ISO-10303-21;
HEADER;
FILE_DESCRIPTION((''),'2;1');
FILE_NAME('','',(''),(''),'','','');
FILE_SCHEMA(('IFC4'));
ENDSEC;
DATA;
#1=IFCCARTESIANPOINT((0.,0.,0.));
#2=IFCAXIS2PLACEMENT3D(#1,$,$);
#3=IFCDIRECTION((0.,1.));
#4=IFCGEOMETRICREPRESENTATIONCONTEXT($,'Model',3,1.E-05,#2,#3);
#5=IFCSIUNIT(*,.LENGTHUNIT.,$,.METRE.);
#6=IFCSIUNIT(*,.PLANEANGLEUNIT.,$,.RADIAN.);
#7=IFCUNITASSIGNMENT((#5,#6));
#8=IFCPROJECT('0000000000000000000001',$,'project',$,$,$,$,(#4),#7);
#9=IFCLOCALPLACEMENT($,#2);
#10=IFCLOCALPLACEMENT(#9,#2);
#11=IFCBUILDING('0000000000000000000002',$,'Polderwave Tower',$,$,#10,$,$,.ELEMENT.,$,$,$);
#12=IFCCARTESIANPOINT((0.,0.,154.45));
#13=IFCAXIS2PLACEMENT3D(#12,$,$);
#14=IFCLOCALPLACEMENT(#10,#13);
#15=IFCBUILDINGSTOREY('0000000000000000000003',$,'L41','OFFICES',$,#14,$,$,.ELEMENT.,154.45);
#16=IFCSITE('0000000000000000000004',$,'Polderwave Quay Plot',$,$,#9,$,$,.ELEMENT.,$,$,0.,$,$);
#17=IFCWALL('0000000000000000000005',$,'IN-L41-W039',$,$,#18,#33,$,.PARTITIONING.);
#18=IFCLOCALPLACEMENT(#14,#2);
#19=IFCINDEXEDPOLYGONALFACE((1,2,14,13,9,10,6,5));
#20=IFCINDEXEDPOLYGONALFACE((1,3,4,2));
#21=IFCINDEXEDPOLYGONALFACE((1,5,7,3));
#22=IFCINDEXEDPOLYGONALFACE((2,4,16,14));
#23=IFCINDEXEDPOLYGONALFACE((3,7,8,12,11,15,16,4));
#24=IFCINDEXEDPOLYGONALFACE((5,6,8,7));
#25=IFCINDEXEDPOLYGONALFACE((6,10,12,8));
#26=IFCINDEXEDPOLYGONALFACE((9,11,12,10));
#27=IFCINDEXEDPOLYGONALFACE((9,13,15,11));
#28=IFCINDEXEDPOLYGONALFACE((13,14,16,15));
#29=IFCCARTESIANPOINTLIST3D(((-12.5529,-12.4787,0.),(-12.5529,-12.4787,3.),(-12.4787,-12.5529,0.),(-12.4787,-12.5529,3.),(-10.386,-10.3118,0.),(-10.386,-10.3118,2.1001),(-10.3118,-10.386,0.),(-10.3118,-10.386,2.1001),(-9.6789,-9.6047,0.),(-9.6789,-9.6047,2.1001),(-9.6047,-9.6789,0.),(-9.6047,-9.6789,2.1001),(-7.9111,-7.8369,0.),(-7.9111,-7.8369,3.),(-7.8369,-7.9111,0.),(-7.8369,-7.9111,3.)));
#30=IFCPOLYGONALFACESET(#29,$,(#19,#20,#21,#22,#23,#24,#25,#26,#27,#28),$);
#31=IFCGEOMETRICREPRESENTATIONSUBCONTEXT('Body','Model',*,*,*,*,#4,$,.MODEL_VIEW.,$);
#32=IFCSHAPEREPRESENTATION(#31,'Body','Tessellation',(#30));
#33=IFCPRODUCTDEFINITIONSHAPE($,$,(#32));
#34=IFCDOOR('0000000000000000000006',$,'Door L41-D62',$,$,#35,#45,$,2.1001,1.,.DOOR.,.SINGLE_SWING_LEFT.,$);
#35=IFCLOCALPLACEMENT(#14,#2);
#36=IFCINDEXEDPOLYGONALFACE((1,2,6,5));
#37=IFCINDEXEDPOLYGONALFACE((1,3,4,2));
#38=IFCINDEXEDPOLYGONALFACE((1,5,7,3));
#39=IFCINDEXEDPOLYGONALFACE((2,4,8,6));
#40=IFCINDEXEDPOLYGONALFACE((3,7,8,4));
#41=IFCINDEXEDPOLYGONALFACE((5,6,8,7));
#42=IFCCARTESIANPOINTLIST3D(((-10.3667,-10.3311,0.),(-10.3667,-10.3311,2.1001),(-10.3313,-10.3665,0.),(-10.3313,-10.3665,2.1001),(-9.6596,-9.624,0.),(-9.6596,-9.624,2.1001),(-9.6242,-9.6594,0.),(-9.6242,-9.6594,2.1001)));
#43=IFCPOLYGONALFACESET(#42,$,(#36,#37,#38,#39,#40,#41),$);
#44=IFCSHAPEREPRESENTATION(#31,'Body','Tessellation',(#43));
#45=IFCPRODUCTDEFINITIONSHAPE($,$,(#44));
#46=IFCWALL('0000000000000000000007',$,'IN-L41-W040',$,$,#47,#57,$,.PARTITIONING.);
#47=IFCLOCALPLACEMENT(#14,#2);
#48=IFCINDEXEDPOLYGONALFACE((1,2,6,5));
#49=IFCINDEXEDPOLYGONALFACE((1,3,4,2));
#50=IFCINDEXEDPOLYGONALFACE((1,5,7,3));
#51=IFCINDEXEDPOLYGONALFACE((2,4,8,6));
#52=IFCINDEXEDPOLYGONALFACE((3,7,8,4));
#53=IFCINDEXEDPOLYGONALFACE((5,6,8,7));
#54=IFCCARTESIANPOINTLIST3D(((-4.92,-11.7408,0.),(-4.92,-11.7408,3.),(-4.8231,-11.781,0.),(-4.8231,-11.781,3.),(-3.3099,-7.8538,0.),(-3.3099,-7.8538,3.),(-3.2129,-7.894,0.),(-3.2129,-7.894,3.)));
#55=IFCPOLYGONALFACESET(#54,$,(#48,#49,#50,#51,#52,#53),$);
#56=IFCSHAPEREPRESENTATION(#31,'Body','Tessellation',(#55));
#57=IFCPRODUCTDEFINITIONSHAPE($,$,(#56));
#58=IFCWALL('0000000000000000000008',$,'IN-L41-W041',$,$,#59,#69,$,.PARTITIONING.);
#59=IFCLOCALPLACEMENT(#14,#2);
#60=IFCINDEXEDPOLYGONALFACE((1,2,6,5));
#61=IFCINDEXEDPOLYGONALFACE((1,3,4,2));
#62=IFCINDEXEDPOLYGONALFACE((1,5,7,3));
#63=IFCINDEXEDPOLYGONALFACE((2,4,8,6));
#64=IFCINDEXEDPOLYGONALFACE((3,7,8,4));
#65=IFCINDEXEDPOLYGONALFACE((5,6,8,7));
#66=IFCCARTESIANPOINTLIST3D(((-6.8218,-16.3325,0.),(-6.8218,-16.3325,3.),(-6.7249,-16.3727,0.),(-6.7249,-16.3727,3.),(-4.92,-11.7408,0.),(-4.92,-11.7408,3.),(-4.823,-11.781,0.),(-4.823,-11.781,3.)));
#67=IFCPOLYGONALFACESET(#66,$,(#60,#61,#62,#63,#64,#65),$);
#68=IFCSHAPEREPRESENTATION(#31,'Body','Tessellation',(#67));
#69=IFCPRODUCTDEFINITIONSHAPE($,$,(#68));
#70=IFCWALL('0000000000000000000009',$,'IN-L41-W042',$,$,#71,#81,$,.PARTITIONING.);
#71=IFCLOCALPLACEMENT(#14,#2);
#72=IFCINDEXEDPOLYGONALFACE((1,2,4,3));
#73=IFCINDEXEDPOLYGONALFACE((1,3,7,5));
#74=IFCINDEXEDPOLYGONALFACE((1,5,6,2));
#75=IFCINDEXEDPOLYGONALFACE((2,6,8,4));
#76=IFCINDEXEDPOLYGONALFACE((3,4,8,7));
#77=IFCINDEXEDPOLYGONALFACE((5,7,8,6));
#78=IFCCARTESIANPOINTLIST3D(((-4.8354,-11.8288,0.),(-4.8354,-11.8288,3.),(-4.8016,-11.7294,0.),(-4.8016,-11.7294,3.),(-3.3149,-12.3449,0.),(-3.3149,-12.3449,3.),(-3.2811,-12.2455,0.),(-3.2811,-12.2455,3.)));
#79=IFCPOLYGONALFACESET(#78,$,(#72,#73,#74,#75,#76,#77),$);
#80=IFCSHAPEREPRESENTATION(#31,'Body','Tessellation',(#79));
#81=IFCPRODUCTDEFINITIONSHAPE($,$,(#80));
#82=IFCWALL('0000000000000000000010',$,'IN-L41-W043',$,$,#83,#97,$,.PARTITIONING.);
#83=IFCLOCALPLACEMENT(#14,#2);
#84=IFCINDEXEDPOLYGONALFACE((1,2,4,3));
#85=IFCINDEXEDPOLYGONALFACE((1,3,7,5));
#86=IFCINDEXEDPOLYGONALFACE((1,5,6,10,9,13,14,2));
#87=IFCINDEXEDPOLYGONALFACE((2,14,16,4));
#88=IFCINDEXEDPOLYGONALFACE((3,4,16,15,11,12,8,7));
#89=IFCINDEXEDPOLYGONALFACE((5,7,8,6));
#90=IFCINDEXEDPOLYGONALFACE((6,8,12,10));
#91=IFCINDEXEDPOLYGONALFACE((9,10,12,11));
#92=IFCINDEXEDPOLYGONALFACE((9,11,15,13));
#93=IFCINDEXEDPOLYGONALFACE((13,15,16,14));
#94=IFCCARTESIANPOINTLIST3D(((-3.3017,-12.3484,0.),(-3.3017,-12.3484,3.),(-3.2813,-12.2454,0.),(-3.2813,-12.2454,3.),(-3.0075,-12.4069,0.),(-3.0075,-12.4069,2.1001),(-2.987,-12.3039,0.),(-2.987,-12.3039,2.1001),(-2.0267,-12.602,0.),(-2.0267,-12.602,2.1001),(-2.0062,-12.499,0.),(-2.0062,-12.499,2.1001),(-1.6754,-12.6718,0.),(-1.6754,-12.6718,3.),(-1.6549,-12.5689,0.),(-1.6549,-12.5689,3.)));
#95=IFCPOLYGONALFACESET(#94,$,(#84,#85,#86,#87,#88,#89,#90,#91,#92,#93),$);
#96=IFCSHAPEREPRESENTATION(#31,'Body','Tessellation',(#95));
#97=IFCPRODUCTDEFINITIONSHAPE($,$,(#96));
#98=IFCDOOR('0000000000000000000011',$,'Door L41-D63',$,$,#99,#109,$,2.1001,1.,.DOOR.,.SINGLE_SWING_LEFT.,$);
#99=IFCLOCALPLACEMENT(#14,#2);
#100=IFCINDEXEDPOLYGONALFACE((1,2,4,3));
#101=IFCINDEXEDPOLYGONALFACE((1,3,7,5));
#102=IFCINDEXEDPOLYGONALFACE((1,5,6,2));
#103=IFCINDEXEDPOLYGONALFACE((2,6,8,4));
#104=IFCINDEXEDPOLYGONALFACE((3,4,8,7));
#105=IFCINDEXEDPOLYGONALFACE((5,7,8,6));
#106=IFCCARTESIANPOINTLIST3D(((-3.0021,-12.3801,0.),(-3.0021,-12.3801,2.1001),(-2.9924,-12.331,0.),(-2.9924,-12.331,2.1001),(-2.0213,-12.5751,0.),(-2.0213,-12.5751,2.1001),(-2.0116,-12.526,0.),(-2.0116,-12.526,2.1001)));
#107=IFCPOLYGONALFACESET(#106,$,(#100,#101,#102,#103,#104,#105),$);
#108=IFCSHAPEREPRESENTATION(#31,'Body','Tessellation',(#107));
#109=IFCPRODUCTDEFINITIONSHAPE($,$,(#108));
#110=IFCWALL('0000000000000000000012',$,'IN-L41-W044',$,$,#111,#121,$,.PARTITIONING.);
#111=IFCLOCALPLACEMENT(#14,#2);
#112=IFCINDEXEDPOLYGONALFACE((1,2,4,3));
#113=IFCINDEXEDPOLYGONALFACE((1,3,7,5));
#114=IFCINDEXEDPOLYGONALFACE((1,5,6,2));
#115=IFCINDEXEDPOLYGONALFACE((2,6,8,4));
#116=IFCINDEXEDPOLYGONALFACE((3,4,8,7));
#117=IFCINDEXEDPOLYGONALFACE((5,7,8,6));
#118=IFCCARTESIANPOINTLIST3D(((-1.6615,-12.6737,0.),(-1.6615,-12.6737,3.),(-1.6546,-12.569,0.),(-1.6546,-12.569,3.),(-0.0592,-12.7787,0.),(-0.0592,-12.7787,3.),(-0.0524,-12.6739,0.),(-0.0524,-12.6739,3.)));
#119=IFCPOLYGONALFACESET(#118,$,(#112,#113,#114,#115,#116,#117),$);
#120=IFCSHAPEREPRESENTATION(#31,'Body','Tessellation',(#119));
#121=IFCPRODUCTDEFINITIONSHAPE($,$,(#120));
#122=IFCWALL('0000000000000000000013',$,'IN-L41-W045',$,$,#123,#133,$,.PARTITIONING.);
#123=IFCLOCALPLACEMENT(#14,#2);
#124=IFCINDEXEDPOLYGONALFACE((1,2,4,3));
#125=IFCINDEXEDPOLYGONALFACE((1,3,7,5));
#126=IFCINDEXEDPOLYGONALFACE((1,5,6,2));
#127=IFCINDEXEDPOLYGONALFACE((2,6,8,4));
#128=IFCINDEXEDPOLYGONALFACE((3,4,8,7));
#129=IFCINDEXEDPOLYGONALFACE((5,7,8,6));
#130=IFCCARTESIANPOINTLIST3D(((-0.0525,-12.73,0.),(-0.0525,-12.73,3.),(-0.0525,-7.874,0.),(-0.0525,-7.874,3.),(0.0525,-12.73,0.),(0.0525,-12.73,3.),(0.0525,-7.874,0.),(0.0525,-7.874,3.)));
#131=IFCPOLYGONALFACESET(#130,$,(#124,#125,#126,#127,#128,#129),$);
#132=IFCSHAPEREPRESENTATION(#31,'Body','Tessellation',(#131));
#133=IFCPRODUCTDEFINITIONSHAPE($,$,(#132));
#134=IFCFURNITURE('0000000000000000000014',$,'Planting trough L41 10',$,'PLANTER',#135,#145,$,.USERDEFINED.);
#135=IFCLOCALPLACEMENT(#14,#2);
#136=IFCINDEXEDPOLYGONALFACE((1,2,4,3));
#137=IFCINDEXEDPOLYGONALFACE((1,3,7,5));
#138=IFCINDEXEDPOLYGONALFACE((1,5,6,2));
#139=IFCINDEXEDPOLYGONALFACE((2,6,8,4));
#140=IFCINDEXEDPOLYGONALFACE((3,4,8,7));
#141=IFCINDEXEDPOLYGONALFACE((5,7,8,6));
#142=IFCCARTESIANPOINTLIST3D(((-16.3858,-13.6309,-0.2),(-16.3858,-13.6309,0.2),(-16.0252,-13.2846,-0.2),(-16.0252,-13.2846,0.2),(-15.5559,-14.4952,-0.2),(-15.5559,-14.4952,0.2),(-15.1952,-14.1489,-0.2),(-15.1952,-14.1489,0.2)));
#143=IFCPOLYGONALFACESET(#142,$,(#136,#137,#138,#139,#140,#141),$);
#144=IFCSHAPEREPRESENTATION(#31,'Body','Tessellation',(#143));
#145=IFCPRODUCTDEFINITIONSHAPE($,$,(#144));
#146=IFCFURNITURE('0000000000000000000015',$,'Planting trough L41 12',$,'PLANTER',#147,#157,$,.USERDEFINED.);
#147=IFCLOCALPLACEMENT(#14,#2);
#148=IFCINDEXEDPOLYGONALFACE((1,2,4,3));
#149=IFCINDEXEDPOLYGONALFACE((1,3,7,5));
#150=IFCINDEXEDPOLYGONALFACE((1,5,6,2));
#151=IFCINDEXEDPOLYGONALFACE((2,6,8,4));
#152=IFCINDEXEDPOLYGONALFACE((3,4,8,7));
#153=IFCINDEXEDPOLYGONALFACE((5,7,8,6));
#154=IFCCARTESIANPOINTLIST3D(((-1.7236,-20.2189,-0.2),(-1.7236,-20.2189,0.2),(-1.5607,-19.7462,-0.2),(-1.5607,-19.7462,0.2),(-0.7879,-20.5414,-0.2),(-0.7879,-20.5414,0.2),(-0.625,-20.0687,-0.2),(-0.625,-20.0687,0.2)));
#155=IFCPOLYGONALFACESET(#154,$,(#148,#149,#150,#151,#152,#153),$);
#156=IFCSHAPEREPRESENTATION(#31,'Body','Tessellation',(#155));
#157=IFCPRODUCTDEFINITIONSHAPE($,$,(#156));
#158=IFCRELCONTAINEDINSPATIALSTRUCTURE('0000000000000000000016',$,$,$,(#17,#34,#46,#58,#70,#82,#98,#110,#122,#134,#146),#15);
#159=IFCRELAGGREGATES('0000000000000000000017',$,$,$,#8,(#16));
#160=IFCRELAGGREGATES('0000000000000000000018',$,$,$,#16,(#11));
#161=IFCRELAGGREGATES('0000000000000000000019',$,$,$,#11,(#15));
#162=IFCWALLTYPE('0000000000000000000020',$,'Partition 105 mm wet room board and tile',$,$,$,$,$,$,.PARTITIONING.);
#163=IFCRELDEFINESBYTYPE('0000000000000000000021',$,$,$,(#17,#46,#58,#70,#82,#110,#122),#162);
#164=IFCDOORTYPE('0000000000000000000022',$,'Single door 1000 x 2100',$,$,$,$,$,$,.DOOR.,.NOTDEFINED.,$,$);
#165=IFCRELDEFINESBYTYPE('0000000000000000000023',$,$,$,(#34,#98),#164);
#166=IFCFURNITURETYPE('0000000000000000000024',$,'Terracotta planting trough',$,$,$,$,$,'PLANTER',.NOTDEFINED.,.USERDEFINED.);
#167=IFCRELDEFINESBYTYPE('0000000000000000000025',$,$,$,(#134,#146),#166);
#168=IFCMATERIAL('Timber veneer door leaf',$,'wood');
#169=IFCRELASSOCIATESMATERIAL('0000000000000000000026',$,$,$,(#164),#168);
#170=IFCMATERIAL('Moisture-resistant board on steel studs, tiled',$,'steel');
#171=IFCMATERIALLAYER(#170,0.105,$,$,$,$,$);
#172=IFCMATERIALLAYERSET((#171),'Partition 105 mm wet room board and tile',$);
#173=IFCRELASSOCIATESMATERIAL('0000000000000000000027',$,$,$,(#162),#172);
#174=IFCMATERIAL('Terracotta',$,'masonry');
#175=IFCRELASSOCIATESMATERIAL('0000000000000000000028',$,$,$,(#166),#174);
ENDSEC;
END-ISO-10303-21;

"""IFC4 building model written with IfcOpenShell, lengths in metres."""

from ifc_helpers import new_model, si_unit, direction, frame, frame_2d, origin, origin_2d, place, context, subcontext, project, spatial, rectangle, extrude, material, layer, layer_set, type_object, element, fill, save


model = new_model("IFC4")

# Units and contexts
model_context = context("Model", 3, precision=1e-05, world=origin(), true_north=direction((0.0, 1.0)))
body_context = subcontext(model_context, "Body", "Model", "MODEL_VIEW")
ifc_project = project(units=[si_unit("LENGTHUNIT", "METRE"), si_unit("PLANEANGLEUNIT", "RADIAN")], contexts=[model_context])

# Site, building, storey
site_placement = place(None, origin())
site = spatial("IfcSite", under=ifc_project, at=site_placement, Name="Polderwave Quay Plot", CompositionType="ELEMENT", RefElevation=0.0)
building_placement = place(site_placement, origin())
building = spatial("IfcBuilding", under=site, at=building_placement, Name="Polderwave Tower", CompositionType="ELEMENT")
storey_placement = place(building_placement, frame((0.0, 0.0, 154.45)))
storey = spatial("IfcBuildingStorey", under=building, at=storey_placement, Name="L41", Description="OFFICES", CompositionType="ELEMENT", Elevation=154.45)

# Wall, opening, door
ifc_material_1 = material(Name="Timber veneer door leaf", Category="wood")
door_type = type_object("IfcDoorType", Name="Single door 1000 x 2100", OperationType="NOTDEFINED", PredefinedType="DOOR", material=ifc_material_1)
ifc_material_2 = material(Name="Moisture-resistant board on steel studs, tiled", Category="steel")
ifc_layer_1 = layer(ifc_material_2, 0.105)
ifc_layer_set_1 = layer_set([ifc_layer_1], Name="Partition 105 mm wet room board and tile")
wall_type_1 = type_object("IfcWallType", Name="Partition 105 mm wet room board and tile", PredefinedType="PARTITIONING", material=ifc_layer_set_1)
wall_1_placement = place(storey_placement, frame((-7.874, -7.874, 0.0), z_axis=(0.0, 0.0, 1.0), x_axis=(-0.707107, -0.707107, 0.0)))
wall_1 = element("IfcWall", 1, at=wall_1_placement, inside=storey, type_object=wall_type_1, Name="IN-L41-W039", PredefinedType="PARTITIONING", context=body_context, shape_type="SweptSolid", body=[
    extrude(rectangle(XDim=6.5645, YDim=0.105, at=frame_2d((3.2822, 0.0))), origin(), (0.0, 0.0, 1.0), 3.0),
])
opening_1_placement = place(wall_1_placement, frame((2.5, 0.0, 0.0)))
opening_1 = element("IfcOpeningElement", 2, at=opening_1_placement, cuts=wall_1, PredefinedType="OPENING", context=body_context, shape_type="SweptSolid", body=[
    extrude(rectangle(XDim=1.0, YDim=2.1001, at=frame_2d((0.5, 1.05))), frame((0.0, 0.0625, 0.0), z_axis=(0.0, -1.0, 0.0), x_axis=(1.0, 0.0, 0.0)), (0.0, 0.0, 1.0), 0.125),
])
door_1_placement = place(opening_1_placement, origin())
door_1 = element("IfcDoor", 3, at=door_1_placement, inside=storey, type_object=door_type, Name="Door L41-D62", OperationType="SINGLE_SWING_LEFT", OverallHeight=2.1001, OverallWidth=1.0, PredefinedType="DOOR", context=body_context, shape_type="SweptSolid", body=[
    extrude(rectangle(XDim=1.0, YDim=2.1001, at=frame_2d((0.5, 1.05))), frame((0.0, 0.0249, 0.0), z_axis=(0.0, -1.0, 0.0), x_axis=(1.0, 0.0, 0.0)), (0.0, 0.0, 1.0), 0.05),
])
fill(opening_1, door_1)

# Walls
wall_2_placement = place(storey_placement, frame((-3.2615, -7.874, 0.0), z_axis=(0.0, 0.0, 1.0), x_axis=(-0.382699, -0.923873, 0.0)))
element("IfcWall", 4, at=wall_2_placement, inside=storey, type_object=wall_type_1, Name="IN-L41-W040", PredefinedType="PARTITIONING", context=body_context, shape_type="SweptSolid", body=[
    extrude(rectangle(XDim=4.2073, YDim=0.105, at=frame_2d((2.1035, 0.0))), origin(), (0.0, 0.0, 1.0), 3.0),
])
wall_3_placement = place(storey_placement, frame((-4.8716, -11.761, 0.0), z_axis=(0.0, 0.0, 1.0), x_axis=(-0.382661, -0.923889, 0.0)))
element("IfcWall", 5, at=wall_3_placement, inside=storey, type_object=wall_type_1, Name="IN-L41-W041", PredefinedType="PARTITIONING", context=body_context, shape_type="SweptSolid", body=[
    extrude(rectangle(XDim=4.97, YDim=0.105, at=frame_2d((2.4849, 0.0))), origin(), (0.0, 0.0, 1.0), 3.0),
])
wall_4_placement = place(storey_placement, frame((-3.2981, -12.2952, 0.0), z_axis=(0.0, 0.0, 1.0), x_axis=(-0.946936, 0.321423, 0.0)))
element("IfcWall", 6, at=wall_4_placement, inside=storey, type_object=wall_type_1, Name="IN-L41-W042", PredefinedType="PARTITIONING", context=body_context, shape_type="SweptSolid", body=[
    extrude(rectangle(XDim=1.6057, YDim=0.105, at=frame_2d((0.8027, 0.0))), origin(), (0.0, 0.0, 1.0), 3.0),
])

# Wall, opening, door
wall_5_placement = place(storey_placement, frame((-3.2915, -12.2969, 0.0), z_axis=(0.0, 0.0, 1.0), x_axis=(0.98079, -0.195068, 0.0)))
wall_5 = element("IfcWall", 7, at=wall_5_placement, inside=storey, type_object=wall_type_1, Name="IN-L41-W043", PredefinedType="PARTITIONING", context=body_context, shape_type="SweptSolid", body=[
    extrude(rectangle(XDim=1.6582, YDim=0.105, at=frame_2d((0.8291, 0.0))), origin(), (0.0, 0.0, 1.0), 3.0),
])
opening_2_placement = place(wall_5_placement, frame((0.3, 0.0, 0.0)))
opening_2 = element("IfcOpeningElement", 8, at=opening_2_placement, cuts=wall_5, PredefinedType="OPENING", context=body_context, shape_type="SweptSolid", body=[
    extrude(rectangle(XDim=1.0, YDim=2.1001, at=frame_2d((0.5, 1.05))), frame((0.0, 0.0625, 0.0), z_axis=(0.0, -1.0, 0.0), x_axis=(1.0, 0.0, 0.0)), (0.0, 0.0, 1.0), 0.125),
])
door_2_placement = place(opening_2_placement, origin())
door_2 = element("IfcDoor", 9, at=door_2_placement, inside=storey, type_object=door_type, Name="Door L41-D63", OperationType="SINGLE_SWING_LEFT", OverallHeight=2.1001, OverallWidth=1.0, PredefinedType="DOOR", context=body_context, shape_type="SweptSolid", body=[
    extrude(rectangle(XDim=1.0, YDim=2.1001, at=frame_2d((0.5, 1.05))), frame((0.0, 0.0249, 0.0), z_axis=(0.0, -1.0, 0.0), x_axis=(1.0, 0.0, 0.0)), (0.0, 0.0, 1.0), 0.05),
])
fill(opening_2, door_2)

# Walls
wall_6_placement = place(storey_placement, frame((-0.0559, -12.7263, 0.0), z_axis=(0.0, 0.0, 1.0), x_axis=(-0.997861, 0.065379, 0.0)))
element("IfcWall", 10, at=wall_6_placement, inside=storey, type_object=wall_type_1, Name="IN-L41-W044", PredefinedType="PARTITIONING", context=body_context, shape_type="SweptSolid", body=[
    extrude(rectangle(XDim=1.6057, YDim=0.105, at=frame_2d((0.8027, 0.0))), origin(), (0.0, 0.0, 1.0), 3.0),
])
wall_7_placement = place(storey_placement, frame((0.0, -7.874, 0.0), z_axis=(0.0, 0.0, 1.0), x_axis=(0.0, -1.0, 0.0)))
element("IfcWall", 11, at=wall_7_placement, inside=storey, type_object=wall_type_1, Name="IN-L41-W045", PredefinedType="PARTITIONING", context=body_context, shape_type="SweptSolid", body=[
    extrude(rectangle(XDim=4.856, YDim=0.105, at=frame_2d((2.428, 0.0))), origin(), (0.0, 0.0, 1.0), 3.0),
])

# Furniture
ifc_material_3 = material(Name="Terracotta", Category="masonry")
furniture_type = type_object("IfcFurnitureType", Name="Terracotta planting trough", ElementType="PLANTER", AssemblyPlace="NOTDEFINED", PredefinedType="USERDEFINED", material=ifc_material_3)
furniture_1_placement = place(storey_placement, frame((-15.7905, -13.8899, -0.2), z_axis=(0.0, 0.0, 1.0), x_axis=(0.692605, -0.721317, 0.0)))
element("IfcFurniture", 12, at=furniture_1_placement, inside=storey, type_object=furniture_type, Name="Planting trough L41 10", ObjectType="PLANTER", PredefinedType="USERDEFINED", context=body_context, shape_type="SweptSolid", body=[
    extrude(rectangle(XDim=1.1982, YDim=0.5, at=origin_2d()), origin(), (0.0, 0.0, 1.0), 0.3999),
])
furniture_2_placement = place(storey_placement, frame((-1.1743, -20.1438, -0.2), z_axis=(0.0, 0.0, 1.0), x_axis=(0.945433, -0.325817, 0.0)))
element("IfcFurniture", 13, at=furniture_2_placement, inside=storey, type_object=furniture_type, Name="Planting trough L41 12", ObjectType="PLANTER", PredefinedType="USERDEFINED", context=body_context, shape_type="SweptSolid", body=[
    extrude(rectangle(XDim=0.9897, YDim=0.5, at=origin_2d()), origin(), (0.0, 0.0, 1.0), 0.3999),
])

save(model, "model.ifc")
